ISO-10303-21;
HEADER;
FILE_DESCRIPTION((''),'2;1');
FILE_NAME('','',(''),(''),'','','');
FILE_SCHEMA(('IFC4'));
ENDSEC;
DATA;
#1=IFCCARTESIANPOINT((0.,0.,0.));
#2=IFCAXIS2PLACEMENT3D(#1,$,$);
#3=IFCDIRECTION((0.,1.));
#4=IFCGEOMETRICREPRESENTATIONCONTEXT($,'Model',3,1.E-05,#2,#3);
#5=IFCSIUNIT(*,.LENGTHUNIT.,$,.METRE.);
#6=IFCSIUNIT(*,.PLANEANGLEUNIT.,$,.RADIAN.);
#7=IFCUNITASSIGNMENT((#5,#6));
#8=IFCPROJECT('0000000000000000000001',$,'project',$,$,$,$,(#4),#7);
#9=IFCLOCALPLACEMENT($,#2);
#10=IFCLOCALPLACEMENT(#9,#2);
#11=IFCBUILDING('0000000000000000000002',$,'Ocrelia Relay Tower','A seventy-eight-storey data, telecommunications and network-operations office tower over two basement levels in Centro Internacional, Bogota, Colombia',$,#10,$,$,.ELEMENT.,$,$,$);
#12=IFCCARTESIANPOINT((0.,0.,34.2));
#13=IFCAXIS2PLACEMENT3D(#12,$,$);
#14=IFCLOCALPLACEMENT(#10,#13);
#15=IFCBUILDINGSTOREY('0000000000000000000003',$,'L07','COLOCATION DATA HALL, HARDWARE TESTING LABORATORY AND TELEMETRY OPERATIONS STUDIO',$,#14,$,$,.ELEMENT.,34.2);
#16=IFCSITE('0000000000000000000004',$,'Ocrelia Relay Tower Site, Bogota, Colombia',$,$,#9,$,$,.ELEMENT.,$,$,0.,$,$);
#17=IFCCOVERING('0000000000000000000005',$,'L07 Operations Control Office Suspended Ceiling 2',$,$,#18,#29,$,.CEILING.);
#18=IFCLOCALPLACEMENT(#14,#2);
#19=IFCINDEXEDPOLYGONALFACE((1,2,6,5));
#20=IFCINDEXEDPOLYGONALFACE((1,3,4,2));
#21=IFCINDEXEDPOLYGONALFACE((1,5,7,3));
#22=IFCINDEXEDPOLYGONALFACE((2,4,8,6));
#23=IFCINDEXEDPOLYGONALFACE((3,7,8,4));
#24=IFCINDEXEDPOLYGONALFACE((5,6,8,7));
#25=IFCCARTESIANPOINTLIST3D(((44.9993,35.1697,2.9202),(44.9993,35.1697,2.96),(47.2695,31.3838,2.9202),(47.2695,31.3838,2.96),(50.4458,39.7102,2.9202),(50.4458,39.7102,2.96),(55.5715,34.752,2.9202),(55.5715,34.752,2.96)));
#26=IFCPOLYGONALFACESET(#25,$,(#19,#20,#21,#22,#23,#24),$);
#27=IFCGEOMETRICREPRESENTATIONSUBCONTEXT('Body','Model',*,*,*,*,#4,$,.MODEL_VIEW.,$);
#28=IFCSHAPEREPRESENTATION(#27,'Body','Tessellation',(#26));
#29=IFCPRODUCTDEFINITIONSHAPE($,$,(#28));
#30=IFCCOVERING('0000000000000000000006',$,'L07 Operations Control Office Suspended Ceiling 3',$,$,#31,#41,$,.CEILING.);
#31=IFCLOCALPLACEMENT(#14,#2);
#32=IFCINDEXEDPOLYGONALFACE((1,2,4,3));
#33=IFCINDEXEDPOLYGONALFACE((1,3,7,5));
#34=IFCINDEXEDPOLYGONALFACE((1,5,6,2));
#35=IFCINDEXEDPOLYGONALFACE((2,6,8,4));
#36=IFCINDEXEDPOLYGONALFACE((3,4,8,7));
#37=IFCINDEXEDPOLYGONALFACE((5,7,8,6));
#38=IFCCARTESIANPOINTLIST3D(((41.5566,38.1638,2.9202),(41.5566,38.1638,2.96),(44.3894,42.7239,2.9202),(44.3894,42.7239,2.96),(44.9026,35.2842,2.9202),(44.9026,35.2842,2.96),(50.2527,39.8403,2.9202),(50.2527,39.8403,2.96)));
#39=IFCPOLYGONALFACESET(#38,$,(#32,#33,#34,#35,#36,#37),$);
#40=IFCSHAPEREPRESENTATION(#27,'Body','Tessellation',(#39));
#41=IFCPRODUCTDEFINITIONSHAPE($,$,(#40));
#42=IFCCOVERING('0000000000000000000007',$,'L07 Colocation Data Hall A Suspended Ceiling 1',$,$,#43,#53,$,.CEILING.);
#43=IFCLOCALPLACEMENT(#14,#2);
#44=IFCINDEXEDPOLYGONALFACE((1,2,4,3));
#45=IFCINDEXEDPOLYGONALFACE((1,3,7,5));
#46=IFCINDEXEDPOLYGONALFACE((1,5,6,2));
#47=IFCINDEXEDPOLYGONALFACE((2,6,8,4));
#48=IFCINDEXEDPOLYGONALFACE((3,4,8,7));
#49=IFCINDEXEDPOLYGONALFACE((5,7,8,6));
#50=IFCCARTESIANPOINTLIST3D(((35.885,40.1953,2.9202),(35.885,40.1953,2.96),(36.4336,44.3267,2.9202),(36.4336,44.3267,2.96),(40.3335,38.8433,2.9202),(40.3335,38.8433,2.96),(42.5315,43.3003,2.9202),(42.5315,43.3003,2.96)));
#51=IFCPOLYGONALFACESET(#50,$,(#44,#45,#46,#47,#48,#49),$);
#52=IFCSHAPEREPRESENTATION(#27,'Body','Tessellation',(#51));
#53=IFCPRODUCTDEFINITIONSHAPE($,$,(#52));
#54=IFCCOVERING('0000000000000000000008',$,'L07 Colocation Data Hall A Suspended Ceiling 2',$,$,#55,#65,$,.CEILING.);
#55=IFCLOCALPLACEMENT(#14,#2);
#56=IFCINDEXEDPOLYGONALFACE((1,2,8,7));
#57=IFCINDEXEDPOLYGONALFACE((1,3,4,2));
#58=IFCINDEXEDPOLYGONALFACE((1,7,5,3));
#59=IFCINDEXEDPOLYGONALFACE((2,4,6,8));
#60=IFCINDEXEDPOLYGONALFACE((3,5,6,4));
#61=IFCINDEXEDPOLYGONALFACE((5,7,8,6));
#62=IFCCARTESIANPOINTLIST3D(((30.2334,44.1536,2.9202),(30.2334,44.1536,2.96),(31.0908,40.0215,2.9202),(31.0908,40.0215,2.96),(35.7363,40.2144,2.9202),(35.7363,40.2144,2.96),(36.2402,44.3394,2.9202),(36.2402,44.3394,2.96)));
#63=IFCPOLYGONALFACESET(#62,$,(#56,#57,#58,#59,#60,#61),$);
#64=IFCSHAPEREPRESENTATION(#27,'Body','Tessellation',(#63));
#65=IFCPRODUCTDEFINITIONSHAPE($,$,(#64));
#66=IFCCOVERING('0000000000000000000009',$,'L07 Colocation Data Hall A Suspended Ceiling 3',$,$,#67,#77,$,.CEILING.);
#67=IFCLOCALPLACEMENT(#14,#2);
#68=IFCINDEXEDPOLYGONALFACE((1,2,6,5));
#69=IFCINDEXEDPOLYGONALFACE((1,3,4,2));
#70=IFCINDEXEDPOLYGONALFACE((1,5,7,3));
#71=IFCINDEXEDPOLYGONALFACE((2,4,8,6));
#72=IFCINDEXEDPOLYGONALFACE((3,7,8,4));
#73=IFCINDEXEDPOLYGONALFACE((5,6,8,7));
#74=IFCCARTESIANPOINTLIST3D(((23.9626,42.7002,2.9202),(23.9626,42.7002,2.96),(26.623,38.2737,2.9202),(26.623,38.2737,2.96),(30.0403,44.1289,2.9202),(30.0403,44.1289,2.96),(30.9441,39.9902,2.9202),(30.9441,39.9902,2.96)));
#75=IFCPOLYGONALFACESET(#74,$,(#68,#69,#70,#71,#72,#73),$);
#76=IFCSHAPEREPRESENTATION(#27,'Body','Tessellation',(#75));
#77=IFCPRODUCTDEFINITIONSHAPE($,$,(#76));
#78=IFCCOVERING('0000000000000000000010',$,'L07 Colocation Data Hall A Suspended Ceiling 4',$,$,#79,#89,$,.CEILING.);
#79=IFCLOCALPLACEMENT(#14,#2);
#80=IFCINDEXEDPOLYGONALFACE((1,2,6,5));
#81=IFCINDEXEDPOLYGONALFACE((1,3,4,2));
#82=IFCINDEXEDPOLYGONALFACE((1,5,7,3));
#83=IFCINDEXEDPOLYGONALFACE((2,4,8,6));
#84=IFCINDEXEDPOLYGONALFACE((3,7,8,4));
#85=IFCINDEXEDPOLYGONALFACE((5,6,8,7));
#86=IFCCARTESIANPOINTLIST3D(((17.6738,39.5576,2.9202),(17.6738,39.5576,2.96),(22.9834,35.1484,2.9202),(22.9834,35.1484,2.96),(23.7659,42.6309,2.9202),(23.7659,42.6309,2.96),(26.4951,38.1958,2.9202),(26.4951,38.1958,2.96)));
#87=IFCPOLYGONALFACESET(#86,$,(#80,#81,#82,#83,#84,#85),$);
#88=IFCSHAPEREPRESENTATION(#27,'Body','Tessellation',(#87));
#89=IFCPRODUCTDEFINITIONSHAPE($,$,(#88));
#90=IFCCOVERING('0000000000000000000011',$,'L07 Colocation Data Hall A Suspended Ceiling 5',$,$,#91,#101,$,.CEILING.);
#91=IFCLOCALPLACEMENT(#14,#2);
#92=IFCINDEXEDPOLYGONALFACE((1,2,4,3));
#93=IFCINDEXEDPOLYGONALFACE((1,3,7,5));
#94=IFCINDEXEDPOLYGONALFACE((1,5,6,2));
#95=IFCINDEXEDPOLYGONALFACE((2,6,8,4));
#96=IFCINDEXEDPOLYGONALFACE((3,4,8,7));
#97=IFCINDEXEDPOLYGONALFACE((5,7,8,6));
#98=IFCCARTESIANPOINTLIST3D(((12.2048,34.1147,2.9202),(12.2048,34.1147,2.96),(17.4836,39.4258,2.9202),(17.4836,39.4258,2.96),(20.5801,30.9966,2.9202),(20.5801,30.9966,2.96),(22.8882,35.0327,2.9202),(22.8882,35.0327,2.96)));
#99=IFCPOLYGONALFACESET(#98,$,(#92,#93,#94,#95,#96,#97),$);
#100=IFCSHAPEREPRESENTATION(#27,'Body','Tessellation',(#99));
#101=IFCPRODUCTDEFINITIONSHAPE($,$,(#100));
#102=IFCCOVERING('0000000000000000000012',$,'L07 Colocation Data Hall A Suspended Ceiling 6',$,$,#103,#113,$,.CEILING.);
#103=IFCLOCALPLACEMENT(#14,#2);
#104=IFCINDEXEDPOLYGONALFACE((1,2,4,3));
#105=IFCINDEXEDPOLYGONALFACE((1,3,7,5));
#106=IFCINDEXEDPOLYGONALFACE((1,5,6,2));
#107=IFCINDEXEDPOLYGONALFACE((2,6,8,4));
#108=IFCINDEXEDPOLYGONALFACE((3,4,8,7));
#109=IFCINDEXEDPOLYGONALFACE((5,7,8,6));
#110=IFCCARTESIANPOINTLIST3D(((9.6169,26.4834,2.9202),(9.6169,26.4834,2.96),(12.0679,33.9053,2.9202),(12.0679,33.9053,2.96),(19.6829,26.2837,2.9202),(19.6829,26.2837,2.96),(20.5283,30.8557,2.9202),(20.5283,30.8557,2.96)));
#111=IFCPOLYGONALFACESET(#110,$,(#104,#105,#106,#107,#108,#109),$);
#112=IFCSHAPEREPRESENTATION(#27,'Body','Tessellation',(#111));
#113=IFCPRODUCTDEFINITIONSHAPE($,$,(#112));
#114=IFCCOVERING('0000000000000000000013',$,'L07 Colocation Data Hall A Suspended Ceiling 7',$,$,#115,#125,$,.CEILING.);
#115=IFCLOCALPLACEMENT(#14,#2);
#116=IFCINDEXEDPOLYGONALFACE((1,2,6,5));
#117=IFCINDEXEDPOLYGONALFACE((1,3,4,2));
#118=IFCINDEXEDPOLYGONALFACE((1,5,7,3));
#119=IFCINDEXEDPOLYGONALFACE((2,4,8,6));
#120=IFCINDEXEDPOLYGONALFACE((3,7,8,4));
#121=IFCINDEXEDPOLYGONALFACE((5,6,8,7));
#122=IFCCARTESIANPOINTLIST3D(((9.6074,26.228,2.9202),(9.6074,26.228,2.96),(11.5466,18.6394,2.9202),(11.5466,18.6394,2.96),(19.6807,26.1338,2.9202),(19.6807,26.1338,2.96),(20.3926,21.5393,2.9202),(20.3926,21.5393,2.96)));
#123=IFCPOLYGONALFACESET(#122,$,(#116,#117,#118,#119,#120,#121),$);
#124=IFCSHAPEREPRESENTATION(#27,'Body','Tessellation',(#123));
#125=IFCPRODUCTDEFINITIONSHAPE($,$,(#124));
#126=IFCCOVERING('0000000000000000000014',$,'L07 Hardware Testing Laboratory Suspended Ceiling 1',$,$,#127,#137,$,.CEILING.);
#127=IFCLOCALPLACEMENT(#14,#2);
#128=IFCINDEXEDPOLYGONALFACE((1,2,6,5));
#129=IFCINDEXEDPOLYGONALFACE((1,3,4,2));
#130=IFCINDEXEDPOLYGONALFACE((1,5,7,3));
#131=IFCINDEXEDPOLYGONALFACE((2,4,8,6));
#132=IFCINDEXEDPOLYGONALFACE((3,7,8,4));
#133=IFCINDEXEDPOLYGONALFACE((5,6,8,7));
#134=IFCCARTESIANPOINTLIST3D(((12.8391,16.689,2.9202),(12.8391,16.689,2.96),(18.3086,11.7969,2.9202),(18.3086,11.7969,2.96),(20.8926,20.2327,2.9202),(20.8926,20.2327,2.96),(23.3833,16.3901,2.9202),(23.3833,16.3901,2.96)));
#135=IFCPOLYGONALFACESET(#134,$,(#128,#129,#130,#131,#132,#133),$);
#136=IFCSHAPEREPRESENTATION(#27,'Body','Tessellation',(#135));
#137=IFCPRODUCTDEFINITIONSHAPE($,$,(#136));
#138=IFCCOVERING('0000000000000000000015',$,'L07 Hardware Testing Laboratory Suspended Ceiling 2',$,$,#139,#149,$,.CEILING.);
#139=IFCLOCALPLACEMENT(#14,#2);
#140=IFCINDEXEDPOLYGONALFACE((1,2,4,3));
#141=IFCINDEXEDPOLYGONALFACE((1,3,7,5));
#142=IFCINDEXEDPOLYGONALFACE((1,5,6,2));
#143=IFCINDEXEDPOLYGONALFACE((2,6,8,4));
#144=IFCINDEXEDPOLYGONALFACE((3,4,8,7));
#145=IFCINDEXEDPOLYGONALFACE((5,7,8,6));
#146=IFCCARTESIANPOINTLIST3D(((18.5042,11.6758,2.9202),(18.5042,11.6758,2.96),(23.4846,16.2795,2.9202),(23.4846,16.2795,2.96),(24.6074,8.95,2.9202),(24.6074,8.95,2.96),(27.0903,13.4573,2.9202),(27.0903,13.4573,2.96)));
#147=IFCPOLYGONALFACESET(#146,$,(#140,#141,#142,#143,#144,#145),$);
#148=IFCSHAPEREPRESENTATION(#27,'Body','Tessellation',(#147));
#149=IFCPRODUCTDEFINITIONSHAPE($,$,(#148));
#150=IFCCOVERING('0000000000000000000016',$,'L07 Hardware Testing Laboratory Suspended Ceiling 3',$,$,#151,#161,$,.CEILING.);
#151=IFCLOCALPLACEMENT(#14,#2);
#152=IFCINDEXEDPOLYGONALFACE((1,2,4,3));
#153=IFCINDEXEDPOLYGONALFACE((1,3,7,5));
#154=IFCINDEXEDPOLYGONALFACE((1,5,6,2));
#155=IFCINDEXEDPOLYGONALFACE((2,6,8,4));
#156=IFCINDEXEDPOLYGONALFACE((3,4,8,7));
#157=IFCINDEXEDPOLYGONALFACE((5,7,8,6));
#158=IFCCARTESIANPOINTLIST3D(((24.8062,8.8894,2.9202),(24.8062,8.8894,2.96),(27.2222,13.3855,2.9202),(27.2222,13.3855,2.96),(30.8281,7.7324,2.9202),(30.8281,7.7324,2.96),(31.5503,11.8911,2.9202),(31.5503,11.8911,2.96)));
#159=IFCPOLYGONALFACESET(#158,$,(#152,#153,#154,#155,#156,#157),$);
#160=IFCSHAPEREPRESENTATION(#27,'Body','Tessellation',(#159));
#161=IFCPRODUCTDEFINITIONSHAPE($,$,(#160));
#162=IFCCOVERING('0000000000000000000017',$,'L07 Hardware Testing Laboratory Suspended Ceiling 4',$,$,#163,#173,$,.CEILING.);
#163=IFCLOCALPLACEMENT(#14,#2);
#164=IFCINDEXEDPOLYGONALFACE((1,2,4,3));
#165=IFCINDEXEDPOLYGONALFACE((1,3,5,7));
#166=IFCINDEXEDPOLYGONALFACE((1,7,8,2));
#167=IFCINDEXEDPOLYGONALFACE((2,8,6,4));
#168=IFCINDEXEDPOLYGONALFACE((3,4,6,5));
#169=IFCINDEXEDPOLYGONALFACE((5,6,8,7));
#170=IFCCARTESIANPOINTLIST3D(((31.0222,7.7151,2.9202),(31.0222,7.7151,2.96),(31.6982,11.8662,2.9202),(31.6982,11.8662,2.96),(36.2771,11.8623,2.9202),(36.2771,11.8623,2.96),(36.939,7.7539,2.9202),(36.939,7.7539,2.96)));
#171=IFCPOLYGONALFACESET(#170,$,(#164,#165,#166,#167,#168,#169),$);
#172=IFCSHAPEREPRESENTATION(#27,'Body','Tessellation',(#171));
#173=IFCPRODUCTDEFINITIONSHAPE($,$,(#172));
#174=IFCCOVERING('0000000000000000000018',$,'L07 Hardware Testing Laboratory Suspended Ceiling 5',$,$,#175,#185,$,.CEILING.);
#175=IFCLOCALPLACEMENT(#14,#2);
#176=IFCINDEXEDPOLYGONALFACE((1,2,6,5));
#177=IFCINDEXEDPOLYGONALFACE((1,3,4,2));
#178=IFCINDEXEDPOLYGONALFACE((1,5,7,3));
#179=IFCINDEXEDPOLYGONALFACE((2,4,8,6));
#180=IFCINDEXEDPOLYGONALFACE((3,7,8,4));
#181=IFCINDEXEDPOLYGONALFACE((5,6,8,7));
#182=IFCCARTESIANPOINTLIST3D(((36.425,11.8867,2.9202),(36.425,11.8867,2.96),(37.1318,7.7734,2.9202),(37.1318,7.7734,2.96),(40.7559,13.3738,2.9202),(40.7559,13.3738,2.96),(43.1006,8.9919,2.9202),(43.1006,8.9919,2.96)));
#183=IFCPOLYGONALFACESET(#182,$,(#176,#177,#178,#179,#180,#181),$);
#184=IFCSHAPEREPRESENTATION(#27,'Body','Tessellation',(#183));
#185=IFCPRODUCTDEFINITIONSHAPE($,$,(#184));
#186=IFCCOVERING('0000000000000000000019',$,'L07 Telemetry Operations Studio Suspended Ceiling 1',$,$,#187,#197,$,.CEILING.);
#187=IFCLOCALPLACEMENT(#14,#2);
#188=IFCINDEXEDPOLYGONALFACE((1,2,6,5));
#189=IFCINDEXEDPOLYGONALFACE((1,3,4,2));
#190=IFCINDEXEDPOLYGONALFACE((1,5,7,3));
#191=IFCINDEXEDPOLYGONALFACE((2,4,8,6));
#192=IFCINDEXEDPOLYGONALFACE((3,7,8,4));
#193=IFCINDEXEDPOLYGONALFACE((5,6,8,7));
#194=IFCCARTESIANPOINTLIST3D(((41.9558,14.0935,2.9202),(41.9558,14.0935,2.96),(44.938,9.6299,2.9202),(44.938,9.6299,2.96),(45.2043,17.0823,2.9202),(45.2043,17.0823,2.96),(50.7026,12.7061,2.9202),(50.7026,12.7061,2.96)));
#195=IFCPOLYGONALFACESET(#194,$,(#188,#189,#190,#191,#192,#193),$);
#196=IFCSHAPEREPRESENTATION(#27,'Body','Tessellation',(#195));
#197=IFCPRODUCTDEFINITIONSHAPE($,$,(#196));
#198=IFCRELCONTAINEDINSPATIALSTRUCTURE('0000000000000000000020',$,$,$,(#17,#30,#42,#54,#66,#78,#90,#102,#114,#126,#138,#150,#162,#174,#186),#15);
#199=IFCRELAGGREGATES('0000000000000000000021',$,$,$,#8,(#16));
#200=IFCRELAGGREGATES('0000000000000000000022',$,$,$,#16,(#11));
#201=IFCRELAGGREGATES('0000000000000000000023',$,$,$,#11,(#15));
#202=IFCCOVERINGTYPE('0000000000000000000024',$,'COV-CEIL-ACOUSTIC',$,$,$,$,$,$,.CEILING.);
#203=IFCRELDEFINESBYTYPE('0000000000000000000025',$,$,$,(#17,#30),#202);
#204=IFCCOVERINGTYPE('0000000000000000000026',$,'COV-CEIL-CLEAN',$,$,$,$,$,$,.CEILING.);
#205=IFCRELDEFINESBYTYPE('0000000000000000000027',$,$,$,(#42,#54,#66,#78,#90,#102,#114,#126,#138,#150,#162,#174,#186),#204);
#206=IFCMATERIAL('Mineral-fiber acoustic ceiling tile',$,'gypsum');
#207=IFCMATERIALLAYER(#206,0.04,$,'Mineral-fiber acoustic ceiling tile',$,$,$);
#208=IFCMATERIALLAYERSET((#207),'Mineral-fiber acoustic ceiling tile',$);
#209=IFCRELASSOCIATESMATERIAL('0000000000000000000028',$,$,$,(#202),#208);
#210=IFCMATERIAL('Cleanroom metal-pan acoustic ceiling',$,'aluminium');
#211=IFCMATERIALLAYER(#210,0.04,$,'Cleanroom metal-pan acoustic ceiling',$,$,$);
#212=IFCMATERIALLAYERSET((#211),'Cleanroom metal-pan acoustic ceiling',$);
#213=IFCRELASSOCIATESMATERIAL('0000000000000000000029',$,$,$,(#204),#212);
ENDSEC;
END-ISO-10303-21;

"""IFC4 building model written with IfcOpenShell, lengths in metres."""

from ifc_helpers import new_model, si_unit, direction, frame, origin, place, context, subcontext, project, spatial, polyline, outline, extrude, material, layer, layer_set, type_object, element, save


model = new_model("IFC4")

# Units and contexts
model_context = context("Model", 3, precision=1e-05, world=origin(), true_north=direction((0.0, 1.0)))
body_context = subcontext(model_context, "Body", "Model", "MODEL_VIEW")
ifc_project = project(units=[si_unit("LENGTHUNIT", "METRE"), si_unit("PLANEANGLEUNIT", "RADIAN")], contexts=[model_context])

# Site, building, storey
site_placement = place(None, origin())
site = spatial("IfcSite", under=ifc_project, at=site_placement, Name="Ocrelia Relay Tower Site, Bogota, Colombia", CompositionType="ELEMENT", RefElevation=0.0)
building_placement = place(site_placement, origin())
building = spatial("IfcBuilding", under=site, at=building_placement, Name="Ocrelia Relay Tower", Description="A seventy-eight-storey data, telecommunications and network-operations office tower over two basement levels in Centro Internacional, Bogota, Colombia", CompositionType="ELEMENT")
storey_placement = place(building_placement, frame((0.0, 0.0, 34.2)))
storey = spatial("IfcBuildingStorey", under=building, at=storey_placement, Name="L07", Description="COLOCATION DATA HALL, HARDWARE TESTING LABORATORY AND TELEMETRY OPERATIONS STUDIO", CompositionType="ELEMENT", Elevation=34.2)

# Coverings
ifc_material_1 = material(Name="Mineral-fiber acoustic ceiling tile", Category="gypsum")
ifc_layer_1 = layer(ifc_material_1, 0.04, Name="Mineral-fiber acoustic ceiling tile")
ifc_layer_set_1 = layer_set([ifc_layer_1], Name="Mineral-fiber acoustic ceiling tile")
covering_type_1 = type_object("IfcCoveringType", Name="COV-CEIL-ACOUSTIC", PredefinedType="CEILING", material=ifc_layer_set_1)
covering_1_placement = place(storey_placement, frame((0.0, 0.0, 2.9202)))
element("IfcCovering", 1, at=covering_1_placement, inside=storey, type_object=covering_type_1, Name="L07 Operations Control Office Suspended Ceiling 2", PredefinedType="CEILING", context=body_context, shape_type="SweptSolid", body=[
    extrude(outline(polyline([(47.2695, 31.3838), (55.5715, 34.752), (50.4458, 39.7102), (44.9993, 35.1697), (47.2695, 31.3838)])), origin(), (0.0, 0.0, 1.0), 0.0398),
])
covering_2_placement = place(storey_placement, frame((0.0, 0.0, 2.9202)))
element("IfcCovering", 2, at=covering_2_placement, inside=storey, type_object=covering_type_1, Name="L07 Operations Control Office Suspended Ceiling 3", PredefinedType="CEILING", context=body_context, shape_type="SweptSolid", body=[
    extrude(outline(polyline([(44.9026, 35.2842), (50.2527, 39.8403), (44.3894, 42.7239), (41.5566, 38.1638), (44.9026, 35.2842)])), origin(), (0.0, 0.0, 1.0), 0.0398),
])
ifc_material_2 = material(Name="Cleanroom metal-pan acoustic ceiling", Category="aluminium")
ifc_layer_2 = layer(ifc_material_2, 0.04, Name="Cleanroom metal-pan acoustic ceiling")
ifc_layer_set_2 = layer_set([ifc_layer_2], Name="Cleanroom metal-pan acoustic ceiling")
covering_type_2 = type_object("IfcCoveringType", Name="COV-CEIL-CLEAN", PredefinedType="CEILING", material=ifc_layer_set_2)
covering_3_placement = place(storey_placement, frame((0.0, 0.0, 2.9202)))
element("IfcCovering", 3, at=covering_3_placement, inside=storey, type_object=covering_type_2, Name="L07 Colocation Data Hall A Suspended Ceiling 1", PredefinedType="CEILING", context=body_context, shape_type="SweptSolid", body=[
    extrude(outline(polyline([(40.3335, 38.8433), (42.5315, 43.3003), (36.4336, 44.3267), (35.885, 40.1953), (40.3335, 38.8433)])), origin(), (0.0, 0.0, 1.0), 0.0398),
])
covering_4_placement = place(storey_placement, frame((0.0, 0.0, 2.9202)))
element("IfcCovering", 4, at=covering_4_placement, inside=storey, type_object=covering_type_2, Name="L07 Colocation Data Hall A Suspended Ceiling 2", PredefinedType="CEILING", context=body_context, shape_type="SweptSolid", body=[
    extrude(outline(polyline([(35.7363, 40.2144), (36.2402, 44.3394), (30.2334, 44.1536), (31.0908, 40.0215), (35.7363, 40.2144)])), origin(), (0.0, 0.0, 1.0), 0.0398),
])
covering_5_placement = place(storey_placement, frame((0.0, 0.0, 2.9202)))
element("IfcCovering", 5, at=covering_5_placement, inside=storey, type_object=covering_type_2, Name="L07 Colocation Data Hall A Suspended Ceiling 3", PredefinedType="CEILING", context=body_context, shape_type="SweptSolid", body=[
    extrude(outline(polyline([(30.9441, 39.9902), (30.0403, 44.1289), (23.9626, 42.7002), (26.623, 38.2737), (30.9441, 39.9902)])), origin(), (0.0, 0.0, 1.0), 0.0398),
])
covering_6_placement = place(storey_placement, frame((0.0, 0.0, 2.9202)))
element("IfcCovering", 6, at=covering_6_placement, inside=storey, type_object=covering_type_2, Name="L07 Colocation Data Hall A Suspended Ceiling 4", PredefinedType="CEILING", context=body_context, shape_type="SweptSolid", body=[
    extrude(outline(polyline([(26.4951, 38.1958), (23.7659, 42.6309), (17.6738, 39.5576), (22.9834, 35.1484), (26.4951, 38.1958)])), origin(), (0.0, 0.0, 1.0), 0.0398),
])
covering_7_placement = place(storey_placement, frame((0.0, 0.0, 2.9202)))
element("IfcCovering", 7, at=covering_7_placement, inside=storey, type_object=covering_type_2, Name="L07 Colocation Data Hall A Suspended Ceiling 5", PredefinedType="CEILING", context=body_context, shape_type="SweptSolid", body=[
    extrude(outline(polyline([(22.8882, 35.0327), (17.4836, 39.4258), (12.2048, 34.1147), (20.5801, 30.9966), (22.8882, 35.0327)])), origin(), (0.0, 0.0, 1.0), 0.0398),
])
covering_8_placement = place(storey_placement, frame((0.0, 0.0, 2.9202)))
element("IfcCovering", 8, at=covering_8_placement, inside=storey, type_object=covering_type_2, Name="L07 Colocation Data Hall A Suspended Ceiling 6", PredefinedType="CEILING", context=body_context, shape_type="SweptSolid", body=[
    extrude(outline(polyline([(20.5283, 30.8557), (12.0679, 33.9053), (9.6169, 26.4834), (19.6829, 26.2837), (20.5283, 30.8557)])), origin(), (0.0, 0.0, 1.0), 0.0398),
])
covering_9_placement = place(storey_placement, frame((0.0, 0.0, 2.9202)))
element("IfcCovering", 9, at=covering_9_placement, inside=storey, type_object=covering_type_2, Name="L07 Colocation Data Hall A Suspended Ceiling 7", PredefinedType="CEILING", context=body_context, shape_type="SweptSolid", body=[
    extrude(outline(polyline([(19.6807, 26.1338), (9.6074, 26.228), (11.5466, 18.6394), (20.3926, 21.5393), (19.6807, 26.1338)])), origin(), (0.0, 0.0, 1.0), 0.0398),
])
covering_10_placement = place(storey_placement, frame((0.0, 0.0, 2.9202)))
element("IfcCovering", 10, at=covering_10_placement, inside=storey, type_object=covering_type_2, Name="L07 Hardware Testing Laboratory Suspended Ceiling 1", PredefinedType="CEILING", context=body_context, shape_type="SweptSolid", body=[
    extrude(outline(polyline([(20.8926, 20.2327), (12.8391, 16.689), (18.3086, 11.7969), (23.3833, 16.3901), (20.8926, 20.2327)])), origin(), (0.0, 0.0, 1.0), 0.0398),
])
covering_11_placement = place(storey_placement, frame((0.0, 0.0, 2.9202)))
element("IfcCovering", 11, at=covering_11_placement, inside=storey, type_object=covering_type_2, Name="L07 Hardware Testing Laboratory Suspended Ceiling 2", PredefinedType="CEILING", context=body_context, shape_type="SweptSolid", body=[
    extrude(outline(polyline([(23.4846, 16.2795), (18.5042, 11.6758), (24.6074, 8.95), (27.0903, 13.4573), (23.4846, 16.2795)])), origin(), (0.0, 0.0, 1.0), 0.0398),
])
covering_12_placement = place(storey_placement, frame((0.0, 0.0, 2.9202)))
element("IfcCovering", 12, at=covering_12_placement, inside=storey, type_object=covering_type_2, Name="L07 Hardware Testing Laboratory Suspended Ceiling 3", PredefinedType="CEILING", context=body_context, shape_type="SweptSolid", body=[
    extrude(outline(polyline([(27.2222, 13.3855), (24.8062, 8.8894), (30.8281, 7.7324), (31.5503, 11.8911), (27.2222, 13.3855)])), origin(), (0.0, 0.0, 1.0), 0.0398),
])
covering_13_placement = place(storey_placement, frame((0.0, 0.0, 2.9202)))
element("IfcCovering", 13, at=covering_13_placement, inside=storey, type_object=covering_type_2, Name="L07 Hardware Testing Laboratory Suspended Ceiling 4", PredefinedType="CEILING", context=body_context, shape_type="SweptSolid", body=[
    extrude(outline(polyline([(31.6982, 11.8662), (31.0222, 7.7151), (36.939, 7.7539), (36.2771, 11.8623), (31.6982, 11.8662)])), origin(), (0.0, 0.0, 1.0), 0.0398),
])
covering_14_placement = place(storey_placement, frame((0.0, 0.0, 2.9202)))
element("IfcCovering", 14, at=covering_14_placement, inside=storey, type_object=covering_type_2, Name="L07 Hardware Testing Laboratory Suspended Ceiling 5", PredefinedType="CEILING", context=body_context, shape_type="SweptSolid", body=[
    extrude(outline(polyline([(36.425, 11.8867), (37.1318, 7.7734), (43.1006, 8.9919), (40.7559, 13.3738), (36.425, 11.8867)])), origin(), (0.0, 0.0, 1.0), 0.0398),
])
covering_15_placement = place(storey_placement, frame((0.0, 0.0, 2.9202)))
element("IfcCovering", 15, at=covering_15_placement, inside=storey, type_object=covering_type_2, Name="L07 Telemetry Operations Studio Suspended Ceiling 1", PredefinedType="CEILING", context=body_context, shape_type="SweptSolid", body=[
    extrude(outline(polyline([(41.9558, 14.0935), (44.938, 9.6299), (50.7026, 12.7061), (45.2043, 17.0823), (41.9558, 14.0935)])), origin(), (0.0, 0.0, 1.0), 0.0398),
])

save(model, "model.ifc")
